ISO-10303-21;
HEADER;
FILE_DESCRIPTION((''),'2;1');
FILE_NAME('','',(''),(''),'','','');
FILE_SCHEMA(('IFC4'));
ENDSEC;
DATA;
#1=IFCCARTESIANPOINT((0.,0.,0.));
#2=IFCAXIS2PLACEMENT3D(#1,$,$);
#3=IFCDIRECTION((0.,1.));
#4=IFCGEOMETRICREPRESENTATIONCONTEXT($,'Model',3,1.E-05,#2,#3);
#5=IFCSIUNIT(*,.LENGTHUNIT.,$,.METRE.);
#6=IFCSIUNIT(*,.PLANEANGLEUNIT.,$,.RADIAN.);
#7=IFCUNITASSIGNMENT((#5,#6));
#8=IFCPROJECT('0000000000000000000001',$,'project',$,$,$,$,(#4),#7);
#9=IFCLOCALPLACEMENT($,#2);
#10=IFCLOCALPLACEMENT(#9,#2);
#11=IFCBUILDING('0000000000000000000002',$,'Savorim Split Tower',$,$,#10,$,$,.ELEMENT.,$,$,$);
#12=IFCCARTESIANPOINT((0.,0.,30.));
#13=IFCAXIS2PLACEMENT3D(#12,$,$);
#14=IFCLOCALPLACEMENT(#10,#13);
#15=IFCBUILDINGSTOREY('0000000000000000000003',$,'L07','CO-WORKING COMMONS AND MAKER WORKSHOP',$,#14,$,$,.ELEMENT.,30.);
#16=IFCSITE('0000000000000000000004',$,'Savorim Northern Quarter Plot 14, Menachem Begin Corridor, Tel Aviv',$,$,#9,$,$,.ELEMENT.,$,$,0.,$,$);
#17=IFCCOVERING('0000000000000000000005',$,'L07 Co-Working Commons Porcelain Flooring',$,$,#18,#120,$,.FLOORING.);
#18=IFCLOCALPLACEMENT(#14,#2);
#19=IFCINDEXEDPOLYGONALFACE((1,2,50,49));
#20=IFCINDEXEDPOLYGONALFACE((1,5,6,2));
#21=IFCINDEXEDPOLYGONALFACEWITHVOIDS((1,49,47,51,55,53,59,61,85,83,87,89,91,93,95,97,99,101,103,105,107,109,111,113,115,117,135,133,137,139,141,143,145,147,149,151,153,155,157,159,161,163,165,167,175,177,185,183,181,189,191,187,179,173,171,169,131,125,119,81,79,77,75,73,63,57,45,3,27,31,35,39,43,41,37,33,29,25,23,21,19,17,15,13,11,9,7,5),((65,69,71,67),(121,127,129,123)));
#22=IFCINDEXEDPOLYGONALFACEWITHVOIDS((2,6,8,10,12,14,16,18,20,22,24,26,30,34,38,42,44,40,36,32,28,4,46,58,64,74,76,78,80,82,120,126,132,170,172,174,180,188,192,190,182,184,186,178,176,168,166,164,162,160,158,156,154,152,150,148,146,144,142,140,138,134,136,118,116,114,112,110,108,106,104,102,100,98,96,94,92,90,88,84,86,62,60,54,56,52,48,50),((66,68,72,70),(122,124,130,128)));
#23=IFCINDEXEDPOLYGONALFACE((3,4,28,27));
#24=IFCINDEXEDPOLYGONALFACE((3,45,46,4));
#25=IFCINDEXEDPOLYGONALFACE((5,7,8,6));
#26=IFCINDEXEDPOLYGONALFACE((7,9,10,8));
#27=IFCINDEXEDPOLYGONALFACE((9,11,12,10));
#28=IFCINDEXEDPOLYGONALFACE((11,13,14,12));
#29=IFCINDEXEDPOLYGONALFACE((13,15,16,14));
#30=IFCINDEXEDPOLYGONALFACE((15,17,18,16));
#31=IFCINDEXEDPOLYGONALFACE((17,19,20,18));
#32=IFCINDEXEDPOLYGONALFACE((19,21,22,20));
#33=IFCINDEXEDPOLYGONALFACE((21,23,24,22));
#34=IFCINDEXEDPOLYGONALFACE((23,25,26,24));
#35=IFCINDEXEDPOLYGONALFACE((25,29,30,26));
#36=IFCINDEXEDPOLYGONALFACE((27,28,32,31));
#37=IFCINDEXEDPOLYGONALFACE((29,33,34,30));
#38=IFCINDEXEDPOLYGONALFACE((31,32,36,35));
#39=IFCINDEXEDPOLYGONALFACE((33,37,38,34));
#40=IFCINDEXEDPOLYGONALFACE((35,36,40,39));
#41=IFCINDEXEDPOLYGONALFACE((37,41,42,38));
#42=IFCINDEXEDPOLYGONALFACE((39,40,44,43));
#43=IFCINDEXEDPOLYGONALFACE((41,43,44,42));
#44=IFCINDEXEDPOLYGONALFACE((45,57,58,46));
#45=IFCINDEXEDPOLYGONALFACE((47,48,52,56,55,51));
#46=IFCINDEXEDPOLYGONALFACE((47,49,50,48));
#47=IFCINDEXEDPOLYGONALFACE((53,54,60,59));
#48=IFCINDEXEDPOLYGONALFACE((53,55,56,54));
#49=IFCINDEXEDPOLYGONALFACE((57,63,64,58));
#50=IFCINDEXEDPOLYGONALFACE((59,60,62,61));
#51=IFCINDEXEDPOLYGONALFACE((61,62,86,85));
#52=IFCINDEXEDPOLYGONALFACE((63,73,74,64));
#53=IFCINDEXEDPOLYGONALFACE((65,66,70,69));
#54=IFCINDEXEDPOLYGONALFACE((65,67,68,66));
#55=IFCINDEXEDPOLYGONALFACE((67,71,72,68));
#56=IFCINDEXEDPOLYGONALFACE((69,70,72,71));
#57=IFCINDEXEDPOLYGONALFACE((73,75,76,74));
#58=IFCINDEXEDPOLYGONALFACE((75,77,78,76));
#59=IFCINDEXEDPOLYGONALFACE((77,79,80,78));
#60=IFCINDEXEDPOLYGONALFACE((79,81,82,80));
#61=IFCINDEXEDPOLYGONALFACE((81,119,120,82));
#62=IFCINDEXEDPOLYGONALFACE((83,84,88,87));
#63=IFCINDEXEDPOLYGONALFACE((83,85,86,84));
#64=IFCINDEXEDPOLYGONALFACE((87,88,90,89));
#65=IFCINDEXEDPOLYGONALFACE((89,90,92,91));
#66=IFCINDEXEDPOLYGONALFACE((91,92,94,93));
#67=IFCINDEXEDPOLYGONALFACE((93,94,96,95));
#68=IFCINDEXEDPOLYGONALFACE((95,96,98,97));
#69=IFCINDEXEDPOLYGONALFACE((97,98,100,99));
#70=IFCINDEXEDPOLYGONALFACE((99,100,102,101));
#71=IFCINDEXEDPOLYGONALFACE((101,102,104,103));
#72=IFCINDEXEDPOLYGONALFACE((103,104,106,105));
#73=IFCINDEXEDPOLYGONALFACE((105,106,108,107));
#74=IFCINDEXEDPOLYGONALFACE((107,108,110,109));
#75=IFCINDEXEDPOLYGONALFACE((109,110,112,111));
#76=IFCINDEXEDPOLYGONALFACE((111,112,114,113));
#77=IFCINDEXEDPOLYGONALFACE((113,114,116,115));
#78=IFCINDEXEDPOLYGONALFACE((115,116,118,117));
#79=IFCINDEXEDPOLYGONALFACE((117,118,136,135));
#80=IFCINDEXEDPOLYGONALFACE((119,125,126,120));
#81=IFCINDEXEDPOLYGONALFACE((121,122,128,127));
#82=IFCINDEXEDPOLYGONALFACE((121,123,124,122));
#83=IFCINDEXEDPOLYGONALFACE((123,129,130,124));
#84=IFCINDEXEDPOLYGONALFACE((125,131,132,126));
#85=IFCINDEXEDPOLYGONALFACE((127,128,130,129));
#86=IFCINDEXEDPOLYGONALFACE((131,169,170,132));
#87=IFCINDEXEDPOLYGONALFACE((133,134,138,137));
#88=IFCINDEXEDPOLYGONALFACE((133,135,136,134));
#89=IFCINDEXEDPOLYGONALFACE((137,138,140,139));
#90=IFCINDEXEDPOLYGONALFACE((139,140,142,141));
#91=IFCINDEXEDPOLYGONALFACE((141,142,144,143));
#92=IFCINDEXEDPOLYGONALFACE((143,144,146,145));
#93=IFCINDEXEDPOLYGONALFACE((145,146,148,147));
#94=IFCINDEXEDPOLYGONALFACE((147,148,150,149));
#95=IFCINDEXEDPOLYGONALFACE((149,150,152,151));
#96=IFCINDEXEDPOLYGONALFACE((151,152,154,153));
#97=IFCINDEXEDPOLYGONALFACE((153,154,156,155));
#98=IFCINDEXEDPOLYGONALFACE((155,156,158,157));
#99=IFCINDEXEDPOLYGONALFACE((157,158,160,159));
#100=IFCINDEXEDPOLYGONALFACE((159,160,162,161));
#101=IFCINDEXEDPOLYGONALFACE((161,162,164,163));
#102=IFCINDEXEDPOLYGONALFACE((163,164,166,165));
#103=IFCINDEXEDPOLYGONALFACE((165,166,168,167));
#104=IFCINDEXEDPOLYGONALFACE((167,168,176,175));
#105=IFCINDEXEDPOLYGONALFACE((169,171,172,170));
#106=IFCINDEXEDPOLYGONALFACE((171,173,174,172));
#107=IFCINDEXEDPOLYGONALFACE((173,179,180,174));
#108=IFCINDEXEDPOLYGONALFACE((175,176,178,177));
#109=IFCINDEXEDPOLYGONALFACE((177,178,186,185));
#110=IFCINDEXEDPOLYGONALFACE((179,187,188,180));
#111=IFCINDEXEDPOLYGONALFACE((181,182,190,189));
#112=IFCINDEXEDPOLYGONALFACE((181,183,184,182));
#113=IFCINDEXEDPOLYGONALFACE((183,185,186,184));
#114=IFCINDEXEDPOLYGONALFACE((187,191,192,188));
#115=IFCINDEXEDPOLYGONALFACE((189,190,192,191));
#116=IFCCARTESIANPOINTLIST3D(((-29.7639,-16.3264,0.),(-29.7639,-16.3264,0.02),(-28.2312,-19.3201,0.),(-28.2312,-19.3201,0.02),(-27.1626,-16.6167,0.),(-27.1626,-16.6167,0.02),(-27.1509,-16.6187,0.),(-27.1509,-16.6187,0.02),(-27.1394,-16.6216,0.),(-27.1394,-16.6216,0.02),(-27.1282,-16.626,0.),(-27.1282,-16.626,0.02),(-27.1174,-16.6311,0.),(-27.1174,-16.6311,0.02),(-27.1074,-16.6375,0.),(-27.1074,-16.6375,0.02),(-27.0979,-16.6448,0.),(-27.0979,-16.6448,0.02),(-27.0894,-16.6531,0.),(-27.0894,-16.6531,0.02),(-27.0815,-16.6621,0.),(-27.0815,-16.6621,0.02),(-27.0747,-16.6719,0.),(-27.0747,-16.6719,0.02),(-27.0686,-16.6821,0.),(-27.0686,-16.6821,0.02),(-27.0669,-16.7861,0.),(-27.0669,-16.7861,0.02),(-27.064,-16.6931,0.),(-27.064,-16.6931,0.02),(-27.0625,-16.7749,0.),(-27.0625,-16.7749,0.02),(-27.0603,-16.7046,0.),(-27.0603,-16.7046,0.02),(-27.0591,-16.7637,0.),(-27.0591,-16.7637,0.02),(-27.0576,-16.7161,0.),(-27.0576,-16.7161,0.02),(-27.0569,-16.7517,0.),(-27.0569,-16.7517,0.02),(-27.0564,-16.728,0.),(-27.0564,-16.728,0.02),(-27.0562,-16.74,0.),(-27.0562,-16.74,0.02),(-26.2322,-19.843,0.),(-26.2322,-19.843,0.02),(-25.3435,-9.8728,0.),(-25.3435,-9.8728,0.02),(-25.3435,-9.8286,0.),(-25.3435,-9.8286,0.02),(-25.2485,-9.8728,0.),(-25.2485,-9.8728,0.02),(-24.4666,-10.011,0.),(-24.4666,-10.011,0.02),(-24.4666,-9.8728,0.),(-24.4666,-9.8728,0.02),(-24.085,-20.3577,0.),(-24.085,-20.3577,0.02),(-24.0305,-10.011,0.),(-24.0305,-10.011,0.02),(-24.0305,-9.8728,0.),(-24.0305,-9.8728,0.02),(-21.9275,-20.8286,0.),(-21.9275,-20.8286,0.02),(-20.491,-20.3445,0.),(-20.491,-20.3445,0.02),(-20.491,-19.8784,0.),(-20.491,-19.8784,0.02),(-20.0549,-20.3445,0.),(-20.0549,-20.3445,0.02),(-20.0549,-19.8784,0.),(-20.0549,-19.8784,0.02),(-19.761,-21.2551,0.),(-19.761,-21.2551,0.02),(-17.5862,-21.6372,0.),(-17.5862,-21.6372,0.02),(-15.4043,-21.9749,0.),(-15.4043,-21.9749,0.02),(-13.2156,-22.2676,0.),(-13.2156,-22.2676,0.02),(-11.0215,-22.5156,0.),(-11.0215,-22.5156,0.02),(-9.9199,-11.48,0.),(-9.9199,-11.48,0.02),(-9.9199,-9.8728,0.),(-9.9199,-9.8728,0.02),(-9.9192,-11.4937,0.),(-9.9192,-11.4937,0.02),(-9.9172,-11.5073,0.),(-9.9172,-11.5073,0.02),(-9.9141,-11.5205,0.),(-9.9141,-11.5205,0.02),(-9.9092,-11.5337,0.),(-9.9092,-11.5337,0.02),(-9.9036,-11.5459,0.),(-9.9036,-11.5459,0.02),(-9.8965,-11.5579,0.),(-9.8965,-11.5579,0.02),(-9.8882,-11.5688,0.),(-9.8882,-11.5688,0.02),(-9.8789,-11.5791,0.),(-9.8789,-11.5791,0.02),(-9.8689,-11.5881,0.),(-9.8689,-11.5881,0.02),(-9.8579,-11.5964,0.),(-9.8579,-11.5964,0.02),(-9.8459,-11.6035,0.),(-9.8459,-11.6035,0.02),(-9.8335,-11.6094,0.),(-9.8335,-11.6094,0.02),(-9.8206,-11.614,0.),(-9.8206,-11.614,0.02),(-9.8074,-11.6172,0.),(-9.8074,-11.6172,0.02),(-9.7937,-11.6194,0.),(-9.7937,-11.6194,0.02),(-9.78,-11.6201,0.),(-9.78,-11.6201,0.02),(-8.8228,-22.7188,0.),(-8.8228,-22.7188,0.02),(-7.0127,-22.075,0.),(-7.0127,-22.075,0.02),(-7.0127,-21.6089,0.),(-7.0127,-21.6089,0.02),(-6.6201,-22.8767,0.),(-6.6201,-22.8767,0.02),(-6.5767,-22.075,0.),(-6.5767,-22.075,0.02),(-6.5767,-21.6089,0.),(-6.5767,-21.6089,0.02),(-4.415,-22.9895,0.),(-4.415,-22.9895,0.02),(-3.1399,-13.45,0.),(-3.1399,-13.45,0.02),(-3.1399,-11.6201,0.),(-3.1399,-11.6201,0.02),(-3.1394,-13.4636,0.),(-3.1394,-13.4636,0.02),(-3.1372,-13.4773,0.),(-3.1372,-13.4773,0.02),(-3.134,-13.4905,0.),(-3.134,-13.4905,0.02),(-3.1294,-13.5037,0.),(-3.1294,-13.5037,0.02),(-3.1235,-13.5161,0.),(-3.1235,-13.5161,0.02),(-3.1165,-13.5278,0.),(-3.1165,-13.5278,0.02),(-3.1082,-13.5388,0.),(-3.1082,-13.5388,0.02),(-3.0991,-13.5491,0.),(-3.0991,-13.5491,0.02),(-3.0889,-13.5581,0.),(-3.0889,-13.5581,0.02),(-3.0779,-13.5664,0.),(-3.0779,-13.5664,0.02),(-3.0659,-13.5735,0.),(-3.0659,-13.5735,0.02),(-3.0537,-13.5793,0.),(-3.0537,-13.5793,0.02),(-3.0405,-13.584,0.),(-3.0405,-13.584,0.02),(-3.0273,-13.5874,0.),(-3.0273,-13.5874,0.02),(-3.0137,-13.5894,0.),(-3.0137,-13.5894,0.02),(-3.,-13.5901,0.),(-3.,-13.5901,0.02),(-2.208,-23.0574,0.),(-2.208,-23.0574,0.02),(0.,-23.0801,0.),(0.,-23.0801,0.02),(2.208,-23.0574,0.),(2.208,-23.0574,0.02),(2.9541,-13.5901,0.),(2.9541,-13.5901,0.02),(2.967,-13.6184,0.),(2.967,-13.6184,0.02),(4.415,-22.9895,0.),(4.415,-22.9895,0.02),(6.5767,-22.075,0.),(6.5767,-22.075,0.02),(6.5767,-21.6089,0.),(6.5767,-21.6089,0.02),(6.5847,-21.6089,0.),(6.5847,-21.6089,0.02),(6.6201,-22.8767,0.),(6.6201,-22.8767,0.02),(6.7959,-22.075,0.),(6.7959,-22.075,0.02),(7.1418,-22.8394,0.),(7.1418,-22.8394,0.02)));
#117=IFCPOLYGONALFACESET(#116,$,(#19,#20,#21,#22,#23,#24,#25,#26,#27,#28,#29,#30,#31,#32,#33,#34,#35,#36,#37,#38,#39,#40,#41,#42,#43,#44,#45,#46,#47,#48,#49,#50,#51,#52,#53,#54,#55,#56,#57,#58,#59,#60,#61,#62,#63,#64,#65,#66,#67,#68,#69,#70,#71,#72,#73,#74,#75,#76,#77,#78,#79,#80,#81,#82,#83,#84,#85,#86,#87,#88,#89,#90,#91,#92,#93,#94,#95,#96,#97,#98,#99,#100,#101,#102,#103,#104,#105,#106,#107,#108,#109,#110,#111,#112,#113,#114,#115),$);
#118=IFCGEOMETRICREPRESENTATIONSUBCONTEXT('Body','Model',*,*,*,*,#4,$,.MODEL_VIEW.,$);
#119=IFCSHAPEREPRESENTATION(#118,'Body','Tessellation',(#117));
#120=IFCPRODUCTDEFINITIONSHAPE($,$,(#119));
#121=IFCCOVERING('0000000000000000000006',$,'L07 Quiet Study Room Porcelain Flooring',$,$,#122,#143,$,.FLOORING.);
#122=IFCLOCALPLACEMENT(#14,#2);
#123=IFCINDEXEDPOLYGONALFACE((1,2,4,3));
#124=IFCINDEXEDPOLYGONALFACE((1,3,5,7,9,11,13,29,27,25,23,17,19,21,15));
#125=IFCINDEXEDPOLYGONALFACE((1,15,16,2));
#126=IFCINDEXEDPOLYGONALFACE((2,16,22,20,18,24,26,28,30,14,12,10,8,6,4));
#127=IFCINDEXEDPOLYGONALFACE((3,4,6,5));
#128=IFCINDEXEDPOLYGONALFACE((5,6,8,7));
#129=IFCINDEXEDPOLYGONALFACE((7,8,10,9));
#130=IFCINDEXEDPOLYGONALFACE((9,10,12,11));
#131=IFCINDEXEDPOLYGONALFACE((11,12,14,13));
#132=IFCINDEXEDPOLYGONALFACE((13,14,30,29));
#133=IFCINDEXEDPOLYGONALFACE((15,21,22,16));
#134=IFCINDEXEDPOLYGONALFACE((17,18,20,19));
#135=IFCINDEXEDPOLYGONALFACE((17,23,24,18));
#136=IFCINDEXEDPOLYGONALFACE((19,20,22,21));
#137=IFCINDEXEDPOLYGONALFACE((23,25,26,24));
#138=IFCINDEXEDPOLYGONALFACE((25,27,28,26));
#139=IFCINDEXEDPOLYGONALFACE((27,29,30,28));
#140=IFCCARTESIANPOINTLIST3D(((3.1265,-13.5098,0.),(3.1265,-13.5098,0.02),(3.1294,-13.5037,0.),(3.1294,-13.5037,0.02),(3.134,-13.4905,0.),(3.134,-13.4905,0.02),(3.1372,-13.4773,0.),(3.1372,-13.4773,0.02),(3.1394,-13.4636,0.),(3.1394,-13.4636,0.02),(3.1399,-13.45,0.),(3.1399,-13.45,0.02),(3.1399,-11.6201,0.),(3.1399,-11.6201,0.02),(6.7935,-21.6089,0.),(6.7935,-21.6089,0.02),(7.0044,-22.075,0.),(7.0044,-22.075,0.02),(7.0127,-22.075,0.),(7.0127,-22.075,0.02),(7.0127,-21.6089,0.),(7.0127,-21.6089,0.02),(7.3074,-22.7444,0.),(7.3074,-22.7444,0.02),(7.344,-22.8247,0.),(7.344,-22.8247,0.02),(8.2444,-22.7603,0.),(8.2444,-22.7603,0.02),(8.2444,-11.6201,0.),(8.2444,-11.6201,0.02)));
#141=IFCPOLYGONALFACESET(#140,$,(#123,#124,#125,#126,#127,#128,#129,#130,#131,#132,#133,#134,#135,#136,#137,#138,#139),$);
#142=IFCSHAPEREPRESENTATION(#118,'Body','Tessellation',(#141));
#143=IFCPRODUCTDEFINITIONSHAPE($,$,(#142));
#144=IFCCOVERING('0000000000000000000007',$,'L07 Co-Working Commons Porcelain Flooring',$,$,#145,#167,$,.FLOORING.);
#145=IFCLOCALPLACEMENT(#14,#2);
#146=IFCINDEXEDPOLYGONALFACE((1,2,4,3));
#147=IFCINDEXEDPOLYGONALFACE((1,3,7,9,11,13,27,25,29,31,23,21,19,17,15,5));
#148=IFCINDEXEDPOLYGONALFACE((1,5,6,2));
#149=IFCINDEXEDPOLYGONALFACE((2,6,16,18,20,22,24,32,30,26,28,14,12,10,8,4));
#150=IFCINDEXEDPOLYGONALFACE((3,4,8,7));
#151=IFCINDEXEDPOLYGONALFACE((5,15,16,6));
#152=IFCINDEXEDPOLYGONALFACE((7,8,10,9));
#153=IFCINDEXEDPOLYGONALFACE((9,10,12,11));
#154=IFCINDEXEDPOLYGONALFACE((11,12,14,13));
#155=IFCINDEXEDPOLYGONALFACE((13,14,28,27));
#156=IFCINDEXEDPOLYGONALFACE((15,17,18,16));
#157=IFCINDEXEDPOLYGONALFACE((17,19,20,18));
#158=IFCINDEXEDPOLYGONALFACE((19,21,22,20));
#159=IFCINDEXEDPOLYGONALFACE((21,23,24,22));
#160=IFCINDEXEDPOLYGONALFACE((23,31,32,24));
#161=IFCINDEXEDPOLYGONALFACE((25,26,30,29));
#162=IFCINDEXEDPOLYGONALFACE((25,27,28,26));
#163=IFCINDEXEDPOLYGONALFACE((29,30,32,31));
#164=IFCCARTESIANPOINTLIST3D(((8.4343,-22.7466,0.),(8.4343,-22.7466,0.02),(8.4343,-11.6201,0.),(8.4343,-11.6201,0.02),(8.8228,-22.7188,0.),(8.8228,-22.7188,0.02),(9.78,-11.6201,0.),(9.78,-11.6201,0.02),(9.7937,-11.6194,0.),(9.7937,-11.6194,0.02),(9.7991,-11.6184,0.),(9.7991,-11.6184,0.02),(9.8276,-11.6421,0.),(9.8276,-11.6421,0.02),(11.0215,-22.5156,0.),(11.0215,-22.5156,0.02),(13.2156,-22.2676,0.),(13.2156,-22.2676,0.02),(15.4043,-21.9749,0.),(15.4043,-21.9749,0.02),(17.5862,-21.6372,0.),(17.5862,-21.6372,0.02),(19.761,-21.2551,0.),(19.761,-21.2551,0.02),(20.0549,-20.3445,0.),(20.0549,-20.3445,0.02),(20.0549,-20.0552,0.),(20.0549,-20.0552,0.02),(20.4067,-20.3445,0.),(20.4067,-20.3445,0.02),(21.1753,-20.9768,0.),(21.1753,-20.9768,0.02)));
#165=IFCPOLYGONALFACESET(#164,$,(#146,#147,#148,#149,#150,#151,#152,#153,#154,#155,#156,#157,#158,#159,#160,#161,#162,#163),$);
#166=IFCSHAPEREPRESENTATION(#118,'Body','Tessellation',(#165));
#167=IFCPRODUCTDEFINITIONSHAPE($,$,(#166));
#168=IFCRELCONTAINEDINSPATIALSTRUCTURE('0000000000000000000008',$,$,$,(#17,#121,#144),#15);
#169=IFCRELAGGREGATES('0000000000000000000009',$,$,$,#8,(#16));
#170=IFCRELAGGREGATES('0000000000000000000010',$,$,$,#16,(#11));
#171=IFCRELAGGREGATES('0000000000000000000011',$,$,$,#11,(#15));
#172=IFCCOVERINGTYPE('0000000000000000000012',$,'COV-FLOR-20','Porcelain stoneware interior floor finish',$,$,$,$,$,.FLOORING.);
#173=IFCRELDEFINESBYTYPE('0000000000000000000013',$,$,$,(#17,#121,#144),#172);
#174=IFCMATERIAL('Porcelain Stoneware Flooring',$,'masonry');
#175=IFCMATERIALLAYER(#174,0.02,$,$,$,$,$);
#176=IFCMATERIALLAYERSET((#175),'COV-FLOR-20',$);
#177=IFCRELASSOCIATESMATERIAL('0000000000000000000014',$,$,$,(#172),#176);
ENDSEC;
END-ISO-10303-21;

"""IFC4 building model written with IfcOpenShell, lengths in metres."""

from ifc_helpers import new_model, si_unit, direction, frame, origin, place, context, subcontext, project, spatial, polyline, outline, extrude, material, layer, layer_set, type_object, element, save


model = new_model("IFC4")

# Units and contexts
model_context = context("Model", 3, precision=1e-05, world=origin(), true_north=direction((0.0, 1.0)))
body_context = subcontext(model_context, "Body", "Model", "MODEL_VIEW")
ifc_project = project(units=[si_unit("LENGTHUNIT", "METRE"), si_unit("PLANEANGLEUNIT", "RADIAN")], contexts=[model_context])

# Site, building, storey
site_placement = place(None, origin())
site = spatial("IfcSite", under=ifc_project, at=site_placement, Name="Savorim Northern Quarter Plot 14, Menachem Begin Corridor, Tel Aviv", CompositionType="ELEMENT", RefElevation=0.0)
building_placement = place(site_placement, origin())
building = spatial("IfcBuilding", under=site, at=building_placement, Name="Savorim Split Tower", CompositionType="ELEMENT")
storey_placement = place(building_placement, frame((0.0, 0.0, 30.0)))
storey = spatial("IfcBuildingStorey", under=building, at=storey_placement, Name="L07", Description="CO-WORKING COMMONS AND MAKER WORKSHOP", CompositionType="ELEMENT", Elevation=30.0)

# Coverings
ifc_material_1 = material(Name="Porcelain Stoneware Flooring", Category="masonry")
ifc_layer_1 = layer(ifc_material_1, 0.02)
ifc_layer_set_1 = layer_set([ifc_layer_1], Name="COV-FLOR-20")
covering_type_1 = type_object("IfcCoveringType", Name="COV-FLOR-20", Description="Porcelain stoneware interior floor finish", PredefinedType="FLOORING", material=ifc_layer_set_1)
covering_1_placement = place(storey_placement, origin())
element("IfcCovering", 1, at=covering_1_placement, inside=storey, type_object=covering_type_1, Name="L07 Co-Working Commons Porcelain Flooring", PredefinedType="FLOORING", context=body_context, shape_type="SweptSolid", body=[
    extrude(outline(polyline([(-27.0562, -16.74), (-27.0569, -16.7517), (-27.0591, -16.7637), (-27.0625, -16.7749), (-27.0669, -16.7861), (-28.2312, -19.3201), (-26.2322, -19.843), (-24.085, -20.3577), (-21.9275, -20.8286), (-19.761, -21.2551), (-17.5862, -21.6372), (-15.4043, -21.9749), (-13.2156, -22.2676), (-11.0215, -22.5156), (-8.8228, -22.7188), (-6.6201, -22.8767), (-4.415, -22.9895), (-2.208, -23.0574), (0.0, -23.0801), (2.208, -23.0574), (4.415, -22.9895), (6.6201, -22.8767), (7.1418, -22.8394), (6.7959, -22.075), (6.5767, -22.075), (6.5767, -21.6089), (6.5847, -21.6089), (2.967, -13.6184), (2.9541, -13.5901), (-3.0, -13.5901), (-3.0137, -13.5894), (-3.0273, -13.5874), (-3.0405, -13.584), (-3.0537, -13.5793), (-3.0659, -13.5735), (-3.0779, -13.5664), (-3.0889, -13.5581), (-3.0991, -13.5491), (-3.1082, -13.5388), (-3.1165, -13.5278), (-3.1235, -13.5161), (-3.1294, -13.5037), (-3.134, -13.4905), (-3.1372, -13.4773), (-3.1394, -13.4636), (-3.1399, -13.45), (-3.1399, -11.6201), (-9.78, -11.6201), (-9.7937, -11.6194), (-9.8074, -11.6172), (-9.8206, -11.614), (-9.8335, -11.6094), (-9.8459, -11.6035), (-9.8579, -11.5964), (-9.8689, -11.5881), (-9.8789, -11.5791), (-9.8882, -11.5688), (-9.8965, -11.5579), (-9.9036, -11.5459), (-9.9092, -11.5337), (-9.9141, -11.5205), (-9.9172, -11.5073), (-9.9192, -11.4937), (-9.9199, -11.48), (-9.9199, -9.8728), (-24.0305, -9.8728), (-24.0305, -10.011), (-24.4666, -10.011), (-24.4666, -9.8728), (-25.2485, -9.8728), (-25.3435, -9.8728), (-25.3435, -9.8286), (-29.7639, -16.3264), (-27.1626, -16.6167), (-27.1509, -16.6187), (-27.1394, -16.6216), (-27.1282, -16.626), (-27.1174, -16.6311), (-27.1074, -16.6375), (-27.0979, -16.6448), (-27.0894, -16.6531), (-27.0815, -16.6621), (-27.0747, -16.6719), (-27.0686, -16.6821), (-27.064, -16.6931), (-27.0603, -16.7046), (-27.0576, -16.7161), (-27.0564, -16.728), (-27.0562, -16.74)]), holes=[polyline([(-20.491, -20.3445), (-20.0549, -20.3445), (-20.0549, -19.8784), (-20.491, -19.8784), (-20.491, -20.3445)]), polyline([(-7.0127, -22.075), (-6.5767, -22.075), (-6.5767, -21.6089), (-7.0127, -21.6089), (-7.0127, -22.075)])]), origin(), (0.0, 0.0, 1.0), 0.02),
])
covering_2_placement = place(storey_placement, origin())
element("IfcCovering", 2, at=covering_2_placement, inside=storey, type_object=covering_type_1, Name="L07 Quiet Study Room Porcelain Flooring", PredefinedType="FLOORING", context=body_context, shape_type="SweptSolid", body=[
    extrude(outline(polyline([(7.0044, -22.075), (7.3074, -22.7444), (7.344, -22.8247), (8.2444, -22.7603), (8.2444, -11.6201), (3.1399, -11.6201), (3.1399, -13.45), (3.1394, -13.4636), (3.1372, -13.4773), (3.134, -13.4905), (3.1294, -13.5037), (3.1265, -13.5098), (6.7935, -21.6089), (7.0127, -21.6089), (7.0127, -22.075), (7.0044, -22.075)])), origin(), (0.0, 0.0, 1.0), 0.02),
])
covering_3_placement = place(storey_placement, origin())
element("IfcCovering", 3, at=covering_3_placement, inside=storey, type_object=covering_type_1, Name="L07 Co-Working Commons Porcelain Flooring", PredefinedType="FLOORING", context=body_context, shape_type="SweptSolid", body=[
    extrude(outline(polyline([(13.2156, -22.2676), (15.4043, -21.9749), (17.5862, -21.6372), (19.761, -21.2551), (21.1753, -20.9768), (20.4067, -20.3445), (20.0549, -20.3445), (20.0549, -20.0552), (9.8276, -11.6421), (9.7991, -11.6184), (9.7937, -11.6194), (9.78, -11.6201), (8.4343, -11.6201), (8.4343, -22.7466), (8.8228, -22.7188), (11.0215, -22.5156), (13.2156, -22.2676)])), origin(), (0.0, 0.0, 1.0), 0.02),
])

save(model, "model.ifc")
